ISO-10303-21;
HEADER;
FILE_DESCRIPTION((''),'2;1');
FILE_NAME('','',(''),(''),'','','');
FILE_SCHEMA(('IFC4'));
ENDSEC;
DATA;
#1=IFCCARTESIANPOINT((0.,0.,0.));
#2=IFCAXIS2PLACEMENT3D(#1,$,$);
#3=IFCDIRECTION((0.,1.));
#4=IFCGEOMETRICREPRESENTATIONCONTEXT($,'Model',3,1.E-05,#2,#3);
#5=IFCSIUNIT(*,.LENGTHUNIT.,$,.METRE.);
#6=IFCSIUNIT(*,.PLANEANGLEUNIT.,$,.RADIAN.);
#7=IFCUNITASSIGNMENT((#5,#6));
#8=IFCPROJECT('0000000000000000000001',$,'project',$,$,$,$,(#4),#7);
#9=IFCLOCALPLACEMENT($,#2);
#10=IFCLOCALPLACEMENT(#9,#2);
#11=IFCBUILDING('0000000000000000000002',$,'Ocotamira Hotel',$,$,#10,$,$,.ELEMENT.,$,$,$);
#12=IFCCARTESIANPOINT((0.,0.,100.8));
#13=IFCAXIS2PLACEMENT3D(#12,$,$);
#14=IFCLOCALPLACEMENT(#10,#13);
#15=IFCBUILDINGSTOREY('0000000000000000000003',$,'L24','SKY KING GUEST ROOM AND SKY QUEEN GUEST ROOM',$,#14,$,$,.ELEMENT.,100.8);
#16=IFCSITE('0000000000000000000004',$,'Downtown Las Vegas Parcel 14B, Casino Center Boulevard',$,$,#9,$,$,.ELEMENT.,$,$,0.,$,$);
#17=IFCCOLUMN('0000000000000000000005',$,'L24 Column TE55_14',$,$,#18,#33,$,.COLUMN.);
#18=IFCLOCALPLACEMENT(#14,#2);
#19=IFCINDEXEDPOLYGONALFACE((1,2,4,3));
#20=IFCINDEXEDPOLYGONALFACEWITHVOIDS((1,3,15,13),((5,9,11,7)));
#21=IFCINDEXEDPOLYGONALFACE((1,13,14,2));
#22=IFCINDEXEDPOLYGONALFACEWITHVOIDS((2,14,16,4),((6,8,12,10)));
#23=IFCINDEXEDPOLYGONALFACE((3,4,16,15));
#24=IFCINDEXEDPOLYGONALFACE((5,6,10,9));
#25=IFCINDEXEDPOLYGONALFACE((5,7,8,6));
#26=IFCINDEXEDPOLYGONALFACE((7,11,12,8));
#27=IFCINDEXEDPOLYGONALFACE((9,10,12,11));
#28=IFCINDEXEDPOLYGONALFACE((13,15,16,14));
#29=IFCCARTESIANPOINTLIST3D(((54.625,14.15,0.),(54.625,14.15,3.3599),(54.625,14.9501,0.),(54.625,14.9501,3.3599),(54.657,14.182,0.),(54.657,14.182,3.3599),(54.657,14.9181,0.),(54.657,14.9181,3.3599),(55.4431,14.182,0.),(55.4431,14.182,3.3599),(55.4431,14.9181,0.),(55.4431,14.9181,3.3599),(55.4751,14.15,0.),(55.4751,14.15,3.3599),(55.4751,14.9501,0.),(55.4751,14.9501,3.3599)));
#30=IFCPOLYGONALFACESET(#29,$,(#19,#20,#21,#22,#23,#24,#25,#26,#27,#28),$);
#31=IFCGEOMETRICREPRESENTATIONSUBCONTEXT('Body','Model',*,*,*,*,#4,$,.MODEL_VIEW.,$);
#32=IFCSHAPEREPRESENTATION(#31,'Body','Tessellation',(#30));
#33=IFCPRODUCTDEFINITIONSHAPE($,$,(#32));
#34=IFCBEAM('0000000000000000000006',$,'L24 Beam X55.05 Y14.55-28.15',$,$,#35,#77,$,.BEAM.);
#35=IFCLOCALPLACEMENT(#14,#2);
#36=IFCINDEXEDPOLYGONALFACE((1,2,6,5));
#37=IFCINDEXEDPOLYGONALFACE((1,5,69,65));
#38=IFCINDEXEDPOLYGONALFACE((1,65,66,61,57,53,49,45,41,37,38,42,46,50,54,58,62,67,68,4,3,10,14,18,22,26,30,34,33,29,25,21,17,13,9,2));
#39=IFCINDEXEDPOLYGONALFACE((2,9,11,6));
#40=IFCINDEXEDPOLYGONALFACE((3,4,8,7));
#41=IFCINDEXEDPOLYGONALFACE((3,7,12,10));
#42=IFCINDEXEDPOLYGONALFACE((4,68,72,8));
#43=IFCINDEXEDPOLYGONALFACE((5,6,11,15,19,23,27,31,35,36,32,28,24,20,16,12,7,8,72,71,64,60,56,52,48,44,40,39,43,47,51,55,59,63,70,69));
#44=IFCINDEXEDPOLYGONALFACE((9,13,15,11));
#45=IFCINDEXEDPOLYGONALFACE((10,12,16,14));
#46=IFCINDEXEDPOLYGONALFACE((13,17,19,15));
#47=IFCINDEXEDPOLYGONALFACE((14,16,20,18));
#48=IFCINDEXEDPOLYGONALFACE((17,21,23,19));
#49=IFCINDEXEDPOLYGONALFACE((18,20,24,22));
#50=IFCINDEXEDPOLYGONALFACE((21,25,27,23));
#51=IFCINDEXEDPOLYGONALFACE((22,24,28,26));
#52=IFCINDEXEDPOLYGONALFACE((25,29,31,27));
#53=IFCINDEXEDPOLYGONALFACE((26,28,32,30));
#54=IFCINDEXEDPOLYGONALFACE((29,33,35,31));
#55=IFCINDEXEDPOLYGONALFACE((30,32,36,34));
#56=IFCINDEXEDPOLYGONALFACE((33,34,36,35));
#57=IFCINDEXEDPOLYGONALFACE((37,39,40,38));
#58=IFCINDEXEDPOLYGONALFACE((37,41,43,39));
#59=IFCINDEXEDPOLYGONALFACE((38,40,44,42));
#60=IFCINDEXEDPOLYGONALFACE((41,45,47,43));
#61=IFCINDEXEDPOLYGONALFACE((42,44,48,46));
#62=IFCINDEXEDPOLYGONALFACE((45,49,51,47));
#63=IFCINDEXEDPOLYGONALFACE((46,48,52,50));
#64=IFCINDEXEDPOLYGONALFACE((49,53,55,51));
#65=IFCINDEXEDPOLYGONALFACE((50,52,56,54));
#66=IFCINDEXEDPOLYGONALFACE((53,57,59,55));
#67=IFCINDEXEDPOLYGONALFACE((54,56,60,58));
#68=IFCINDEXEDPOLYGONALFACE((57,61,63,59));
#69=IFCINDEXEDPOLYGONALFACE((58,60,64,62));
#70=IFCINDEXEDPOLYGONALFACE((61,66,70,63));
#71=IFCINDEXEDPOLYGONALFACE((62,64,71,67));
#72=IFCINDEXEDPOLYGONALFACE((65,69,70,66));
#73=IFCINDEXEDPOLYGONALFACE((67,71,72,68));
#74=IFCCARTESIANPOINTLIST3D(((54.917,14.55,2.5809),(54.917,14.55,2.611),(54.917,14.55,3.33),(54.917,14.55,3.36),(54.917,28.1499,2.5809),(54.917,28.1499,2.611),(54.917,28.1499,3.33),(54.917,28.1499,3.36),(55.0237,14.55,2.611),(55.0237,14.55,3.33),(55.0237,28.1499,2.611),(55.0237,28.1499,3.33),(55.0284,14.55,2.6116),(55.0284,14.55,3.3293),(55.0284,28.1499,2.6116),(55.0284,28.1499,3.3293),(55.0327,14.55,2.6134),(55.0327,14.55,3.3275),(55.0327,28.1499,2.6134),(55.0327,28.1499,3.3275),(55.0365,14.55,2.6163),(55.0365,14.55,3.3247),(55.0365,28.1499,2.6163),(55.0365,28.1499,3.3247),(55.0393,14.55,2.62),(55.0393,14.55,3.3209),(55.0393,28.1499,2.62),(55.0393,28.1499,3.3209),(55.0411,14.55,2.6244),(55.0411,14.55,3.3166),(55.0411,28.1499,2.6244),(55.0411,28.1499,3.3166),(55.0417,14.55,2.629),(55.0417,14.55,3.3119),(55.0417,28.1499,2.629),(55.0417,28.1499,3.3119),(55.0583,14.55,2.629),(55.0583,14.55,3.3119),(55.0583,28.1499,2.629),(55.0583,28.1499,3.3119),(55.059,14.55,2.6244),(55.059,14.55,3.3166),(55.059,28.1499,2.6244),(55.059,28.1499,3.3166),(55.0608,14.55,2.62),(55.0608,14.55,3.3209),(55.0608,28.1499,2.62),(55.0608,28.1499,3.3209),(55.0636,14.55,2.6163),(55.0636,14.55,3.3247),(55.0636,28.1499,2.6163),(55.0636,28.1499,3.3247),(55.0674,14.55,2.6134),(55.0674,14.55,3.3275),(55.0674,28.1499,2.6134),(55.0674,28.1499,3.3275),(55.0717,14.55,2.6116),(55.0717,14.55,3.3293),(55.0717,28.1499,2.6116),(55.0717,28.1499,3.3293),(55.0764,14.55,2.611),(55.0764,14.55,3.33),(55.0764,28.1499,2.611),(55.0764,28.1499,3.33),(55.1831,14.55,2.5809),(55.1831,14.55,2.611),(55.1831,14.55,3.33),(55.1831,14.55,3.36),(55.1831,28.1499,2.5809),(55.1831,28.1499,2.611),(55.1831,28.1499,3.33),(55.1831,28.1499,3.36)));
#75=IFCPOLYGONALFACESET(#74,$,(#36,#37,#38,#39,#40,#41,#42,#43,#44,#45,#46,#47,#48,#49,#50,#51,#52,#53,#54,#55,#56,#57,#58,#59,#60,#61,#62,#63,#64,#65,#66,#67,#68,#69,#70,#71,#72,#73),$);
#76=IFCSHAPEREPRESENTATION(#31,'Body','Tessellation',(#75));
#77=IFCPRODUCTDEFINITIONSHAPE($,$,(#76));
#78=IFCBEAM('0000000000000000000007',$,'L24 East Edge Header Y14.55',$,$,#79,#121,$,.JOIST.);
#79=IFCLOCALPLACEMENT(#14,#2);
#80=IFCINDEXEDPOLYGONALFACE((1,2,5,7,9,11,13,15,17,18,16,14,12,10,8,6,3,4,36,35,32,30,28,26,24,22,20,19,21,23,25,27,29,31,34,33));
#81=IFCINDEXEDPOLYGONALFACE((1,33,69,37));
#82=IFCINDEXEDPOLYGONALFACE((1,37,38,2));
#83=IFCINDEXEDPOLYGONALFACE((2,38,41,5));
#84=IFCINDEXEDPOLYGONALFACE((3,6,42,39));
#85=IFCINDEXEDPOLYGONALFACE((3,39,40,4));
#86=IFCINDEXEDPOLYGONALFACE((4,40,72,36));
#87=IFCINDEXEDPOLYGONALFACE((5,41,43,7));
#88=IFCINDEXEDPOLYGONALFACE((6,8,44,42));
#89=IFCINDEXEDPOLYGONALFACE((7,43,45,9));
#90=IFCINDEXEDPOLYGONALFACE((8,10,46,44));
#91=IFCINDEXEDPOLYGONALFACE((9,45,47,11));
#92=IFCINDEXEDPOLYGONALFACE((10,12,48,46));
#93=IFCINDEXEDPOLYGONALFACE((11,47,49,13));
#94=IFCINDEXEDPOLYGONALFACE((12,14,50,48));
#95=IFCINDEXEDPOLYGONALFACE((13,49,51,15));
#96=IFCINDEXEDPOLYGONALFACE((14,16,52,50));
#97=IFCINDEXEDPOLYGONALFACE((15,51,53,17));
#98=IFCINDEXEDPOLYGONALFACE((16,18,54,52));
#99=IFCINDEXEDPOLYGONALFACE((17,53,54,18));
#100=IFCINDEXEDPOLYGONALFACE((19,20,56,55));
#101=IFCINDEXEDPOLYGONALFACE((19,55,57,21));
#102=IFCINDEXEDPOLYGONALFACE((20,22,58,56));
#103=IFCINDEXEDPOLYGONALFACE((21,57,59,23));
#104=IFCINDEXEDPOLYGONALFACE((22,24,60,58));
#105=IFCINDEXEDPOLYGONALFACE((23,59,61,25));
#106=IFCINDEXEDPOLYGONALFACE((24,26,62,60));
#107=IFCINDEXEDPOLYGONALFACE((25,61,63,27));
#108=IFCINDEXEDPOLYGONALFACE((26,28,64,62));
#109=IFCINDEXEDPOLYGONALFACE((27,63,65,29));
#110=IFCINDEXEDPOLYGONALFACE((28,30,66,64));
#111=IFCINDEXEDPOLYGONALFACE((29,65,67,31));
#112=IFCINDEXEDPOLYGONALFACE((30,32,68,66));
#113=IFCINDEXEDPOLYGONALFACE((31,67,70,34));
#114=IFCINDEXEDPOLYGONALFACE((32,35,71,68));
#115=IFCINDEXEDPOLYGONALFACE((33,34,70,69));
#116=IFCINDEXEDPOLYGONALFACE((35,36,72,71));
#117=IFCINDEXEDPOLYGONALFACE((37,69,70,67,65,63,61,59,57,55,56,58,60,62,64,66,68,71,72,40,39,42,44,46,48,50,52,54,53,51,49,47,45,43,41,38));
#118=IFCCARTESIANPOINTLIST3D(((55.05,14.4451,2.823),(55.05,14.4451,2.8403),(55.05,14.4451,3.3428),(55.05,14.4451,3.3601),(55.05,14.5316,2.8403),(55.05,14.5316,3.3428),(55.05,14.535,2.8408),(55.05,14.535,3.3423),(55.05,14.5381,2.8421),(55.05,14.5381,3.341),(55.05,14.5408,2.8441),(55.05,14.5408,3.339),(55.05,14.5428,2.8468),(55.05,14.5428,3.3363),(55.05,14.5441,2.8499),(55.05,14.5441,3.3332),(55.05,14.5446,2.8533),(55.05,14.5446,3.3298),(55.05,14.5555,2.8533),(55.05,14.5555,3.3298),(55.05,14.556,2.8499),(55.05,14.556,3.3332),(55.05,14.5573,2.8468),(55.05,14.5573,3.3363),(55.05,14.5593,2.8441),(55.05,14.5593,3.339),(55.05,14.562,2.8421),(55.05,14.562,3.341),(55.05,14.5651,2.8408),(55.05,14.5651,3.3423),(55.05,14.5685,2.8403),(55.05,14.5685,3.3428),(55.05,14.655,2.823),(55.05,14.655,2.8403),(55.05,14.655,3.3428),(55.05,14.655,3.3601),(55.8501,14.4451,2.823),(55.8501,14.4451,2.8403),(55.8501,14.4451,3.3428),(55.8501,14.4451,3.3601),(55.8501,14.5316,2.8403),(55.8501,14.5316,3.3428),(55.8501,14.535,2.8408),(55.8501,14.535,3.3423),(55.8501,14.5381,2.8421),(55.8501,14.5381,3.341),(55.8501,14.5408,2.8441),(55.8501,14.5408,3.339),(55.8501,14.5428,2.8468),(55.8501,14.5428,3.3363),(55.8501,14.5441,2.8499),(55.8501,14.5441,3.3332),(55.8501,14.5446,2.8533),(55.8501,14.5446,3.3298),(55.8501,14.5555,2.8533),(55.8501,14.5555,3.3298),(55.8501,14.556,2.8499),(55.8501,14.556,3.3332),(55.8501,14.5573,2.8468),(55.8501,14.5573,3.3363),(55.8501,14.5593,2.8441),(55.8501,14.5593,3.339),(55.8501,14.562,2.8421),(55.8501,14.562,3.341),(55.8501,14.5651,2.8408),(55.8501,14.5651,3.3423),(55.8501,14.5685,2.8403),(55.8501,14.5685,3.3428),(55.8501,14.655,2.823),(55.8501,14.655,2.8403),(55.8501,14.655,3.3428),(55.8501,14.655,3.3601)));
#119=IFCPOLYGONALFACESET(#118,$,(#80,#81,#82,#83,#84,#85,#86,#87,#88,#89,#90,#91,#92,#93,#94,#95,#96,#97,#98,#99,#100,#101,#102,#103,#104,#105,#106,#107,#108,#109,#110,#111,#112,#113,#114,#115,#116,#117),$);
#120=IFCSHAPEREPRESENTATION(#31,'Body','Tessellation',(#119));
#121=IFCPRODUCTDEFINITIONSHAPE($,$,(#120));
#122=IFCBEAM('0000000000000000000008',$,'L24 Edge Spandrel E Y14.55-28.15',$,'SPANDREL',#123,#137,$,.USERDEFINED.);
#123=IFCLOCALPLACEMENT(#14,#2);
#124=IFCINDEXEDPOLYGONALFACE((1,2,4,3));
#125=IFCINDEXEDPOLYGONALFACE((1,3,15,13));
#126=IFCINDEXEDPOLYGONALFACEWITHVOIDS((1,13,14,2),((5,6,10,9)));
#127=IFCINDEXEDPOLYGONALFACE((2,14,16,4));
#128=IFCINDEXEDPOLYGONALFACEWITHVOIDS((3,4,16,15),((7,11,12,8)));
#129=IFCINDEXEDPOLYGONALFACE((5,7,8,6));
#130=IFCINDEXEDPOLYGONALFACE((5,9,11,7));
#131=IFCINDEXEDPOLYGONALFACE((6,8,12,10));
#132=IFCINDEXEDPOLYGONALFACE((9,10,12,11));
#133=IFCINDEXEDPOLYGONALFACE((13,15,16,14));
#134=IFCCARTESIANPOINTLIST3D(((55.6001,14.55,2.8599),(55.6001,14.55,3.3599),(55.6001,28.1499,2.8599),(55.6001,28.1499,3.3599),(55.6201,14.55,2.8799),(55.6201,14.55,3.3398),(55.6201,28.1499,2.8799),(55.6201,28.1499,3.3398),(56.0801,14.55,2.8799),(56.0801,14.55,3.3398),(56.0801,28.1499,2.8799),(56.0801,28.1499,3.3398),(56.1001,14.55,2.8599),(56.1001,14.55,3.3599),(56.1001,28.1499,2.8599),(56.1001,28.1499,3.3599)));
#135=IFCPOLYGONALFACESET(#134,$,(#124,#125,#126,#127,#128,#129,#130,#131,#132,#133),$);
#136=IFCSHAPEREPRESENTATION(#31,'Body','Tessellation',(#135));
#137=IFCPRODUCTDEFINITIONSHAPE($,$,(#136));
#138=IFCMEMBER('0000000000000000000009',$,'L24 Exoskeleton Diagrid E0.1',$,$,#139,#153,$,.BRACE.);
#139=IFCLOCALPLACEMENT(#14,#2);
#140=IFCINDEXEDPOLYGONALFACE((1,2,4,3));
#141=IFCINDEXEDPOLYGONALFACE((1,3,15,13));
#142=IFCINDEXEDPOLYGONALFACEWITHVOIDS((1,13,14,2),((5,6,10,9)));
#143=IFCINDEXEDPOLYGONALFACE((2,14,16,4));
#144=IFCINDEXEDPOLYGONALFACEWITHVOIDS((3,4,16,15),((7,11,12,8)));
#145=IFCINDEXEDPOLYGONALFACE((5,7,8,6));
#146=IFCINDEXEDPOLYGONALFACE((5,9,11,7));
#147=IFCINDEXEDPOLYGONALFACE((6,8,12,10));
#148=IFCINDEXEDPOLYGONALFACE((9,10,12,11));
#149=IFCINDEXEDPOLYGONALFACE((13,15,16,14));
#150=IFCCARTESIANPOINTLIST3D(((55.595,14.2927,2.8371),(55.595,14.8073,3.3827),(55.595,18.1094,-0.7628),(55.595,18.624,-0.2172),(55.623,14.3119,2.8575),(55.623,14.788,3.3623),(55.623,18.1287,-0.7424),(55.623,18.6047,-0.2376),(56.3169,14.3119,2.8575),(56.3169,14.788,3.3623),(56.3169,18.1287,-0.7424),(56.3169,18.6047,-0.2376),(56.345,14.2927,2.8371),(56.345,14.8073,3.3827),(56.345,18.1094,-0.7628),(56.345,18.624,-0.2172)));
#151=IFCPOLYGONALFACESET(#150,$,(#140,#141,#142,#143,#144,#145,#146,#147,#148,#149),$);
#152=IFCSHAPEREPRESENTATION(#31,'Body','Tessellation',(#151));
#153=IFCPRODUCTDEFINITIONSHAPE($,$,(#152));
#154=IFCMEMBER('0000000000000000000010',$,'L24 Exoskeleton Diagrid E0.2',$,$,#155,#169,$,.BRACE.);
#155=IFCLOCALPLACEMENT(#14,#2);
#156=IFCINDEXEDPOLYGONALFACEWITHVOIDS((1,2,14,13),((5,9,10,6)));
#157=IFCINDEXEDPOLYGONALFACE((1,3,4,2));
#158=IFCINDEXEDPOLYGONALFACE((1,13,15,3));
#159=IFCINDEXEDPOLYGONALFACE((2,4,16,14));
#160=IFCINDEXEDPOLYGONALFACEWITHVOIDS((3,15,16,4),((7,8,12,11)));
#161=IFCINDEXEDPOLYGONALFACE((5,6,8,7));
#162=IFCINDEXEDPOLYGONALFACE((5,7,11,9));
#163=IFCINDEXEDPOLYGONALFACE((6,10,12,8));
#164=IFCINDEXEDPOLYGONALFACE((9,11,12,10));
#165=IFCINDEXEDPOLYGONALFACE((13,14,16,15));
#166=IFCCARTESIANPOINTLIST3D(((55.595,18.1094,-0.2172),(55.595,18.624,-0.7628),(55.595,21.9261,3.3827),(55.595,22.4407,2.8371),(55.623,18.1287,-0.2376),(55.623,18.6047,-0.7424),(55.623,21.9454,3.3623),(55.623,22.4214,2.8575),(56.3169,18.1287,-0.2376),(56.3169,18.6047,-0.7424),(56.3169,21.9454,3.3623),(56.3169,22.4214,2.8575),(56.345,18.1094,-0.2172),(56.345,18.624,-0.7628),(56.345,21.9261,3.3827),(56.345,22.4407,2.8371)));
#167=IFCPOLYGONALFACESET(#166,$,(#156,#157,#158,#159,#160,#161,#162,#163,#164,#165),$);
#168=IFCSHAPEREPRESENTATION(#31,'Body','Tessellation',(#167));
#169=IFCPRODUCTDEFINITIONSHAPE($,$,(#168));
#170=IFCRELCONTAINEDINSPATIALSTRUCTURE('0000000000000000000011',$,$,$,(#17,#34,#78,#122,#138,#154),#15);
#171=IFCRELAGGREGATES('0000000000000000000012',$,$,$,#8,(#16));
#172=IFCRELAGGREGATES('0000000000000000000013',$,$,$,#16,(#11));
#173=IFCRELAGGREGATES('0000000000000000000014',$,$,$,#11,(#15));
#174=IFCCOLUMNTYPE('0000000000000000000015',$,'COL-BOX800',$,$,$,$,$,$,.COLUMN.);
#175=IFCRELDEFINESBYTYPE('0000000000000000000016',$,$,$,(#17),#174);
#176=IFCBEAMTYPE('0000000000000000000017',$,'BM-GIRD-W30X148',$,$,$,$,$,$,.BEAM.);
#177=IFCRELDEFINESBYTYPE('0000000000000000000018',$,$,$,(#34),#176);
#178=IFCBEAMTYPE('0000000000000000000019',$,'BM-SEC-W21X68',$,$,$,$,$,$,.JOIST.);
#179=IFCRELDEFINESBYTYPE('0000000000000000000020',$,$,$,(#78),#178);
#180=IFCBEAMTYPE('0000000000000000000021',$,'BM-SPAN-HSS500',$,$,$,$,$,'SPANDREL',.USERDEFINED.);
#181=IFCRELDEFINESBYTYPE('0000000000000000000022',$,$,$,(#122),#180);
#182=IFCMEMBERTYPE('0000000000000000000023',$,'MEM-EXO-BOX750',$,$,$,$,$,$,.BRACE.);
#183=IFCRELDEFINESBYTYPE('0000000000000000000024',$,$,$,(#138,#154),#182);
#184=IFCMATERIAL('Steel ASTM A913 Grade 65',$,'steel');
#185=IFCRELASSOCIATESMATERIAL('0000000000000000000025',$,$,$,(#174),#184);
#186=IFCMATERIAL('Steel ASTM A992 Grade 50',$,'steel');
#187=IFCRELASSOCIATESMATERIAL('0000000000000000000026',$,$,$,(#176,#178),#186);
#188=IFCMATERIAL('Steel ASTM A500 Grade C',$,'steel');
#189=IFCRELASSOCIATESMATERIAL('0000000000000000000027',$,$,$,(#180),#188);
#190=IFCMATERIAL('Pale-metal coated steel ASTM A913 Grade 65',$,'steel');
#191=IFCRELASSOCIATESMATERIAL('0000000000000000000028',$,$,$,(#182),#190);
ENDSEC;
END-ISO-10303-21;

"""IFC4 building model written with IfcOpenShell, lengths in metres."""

from ifc_helpers import new_model, si_unit, direction, frame, origin, origin_2d, place, context, subcontext, project, spatial, hollow_rectangle, i_section, extrude, source, transform, mapped, material, material_profile, profile_set, type_object, element, save


model = new_model("IFC4")

# Units and contexts
model_context = context("Model", 3, precision=1e-05, world=origin(), true_north=direction((0.0, 1.0)))
body_context = subcontext(model_context, "Body", "Model", "MODEL_VIEW")
ifc_project = project(units=[si_unit("LENGTHUNIT", "METRE"), si_unit("PLANEANGLEUNIT", "RADIAN")], contexts=[model_context])

# Site, building, storey
site_placement = place(None, origin())
site = spatial("IfcSite", under=ifc_project, at=site_placement, Name="Downtown Las Vegas Parcel 14B, Casino Center Boulevard", CompositionType="ELEMENT", RefElevation=0.0)
building_placement = place(site_placement, origin())
building = spatial("IfcBuilding", under=site, at=building_placement, Name="Ocotamira Hotel", CompositionType="ELEMENT")
storey_placement = place(building_placement, frame((0.0, 0.0, 100.8)))
storey = spatial("IfcBuildingStorey", under=building, at=storey_placement, Name="L24", Description="SKY KING GUEST ROOM AND SKY QUEEN GUEST ROOM", CompositionType="ELEMENT", Elevation=100.8)

# Column
ifc_material_1 = material(Name="Steel ASTM A913 Grade 65", Category="steel")
ifc_material_profile_1 = material_profile(ifc_material_1, hollow_rectangle(XDim=0.8501, YDim=0.8, WallThickness=0.032, at=origin_2d()), Name="BOX800X850X32")
ifc_profile_set_1 = profile_set([ifc_material_profile_1], Name="Steel ASTM A913 Grade 65")
column_type = type_object("IfcColumnType", Name="COL-BOX800", PredefinedType="COLUMN", material=ifc_profile_set_1)
shared_shape_1 = source(origin(), body_context, "Body", "SweptSolid", [
    extrude(hollow_rectangle(XDim=0.8501, YDim=0.8, WallThickness=0.032, at=origin_2d()), origin(), (0.0, 0.0, 1.0), 3.3599),
])
column_placement = place(storey_placement, frame((55.05, 14.55, 0.0), z_axis=(0.0, 0.0, 1.0), x_axis=(1.0, 0.0, 0.0)))
element("IfcColumn", 1, at=column_placement, inside=storey, type_object=column_type, Name="L24 Column TE55_14", PredefinedType="COLUMN", context=body_context, shape_type="MappedRepresentation", body=[
    mapped(shared_shape_1, transform((0.0, 0.0, 0.0), scale=1.0)),
])

# Beams
ifc_material_2 = material(Name="Steel ASTM A992 Grade 50", Category="steel")
ifc_material_profile_2 = material_profile(ifc_material_2, i_section(OverallWidth=0.2661, OverallDepth=0.7791, WebThickness=0.0166, FlangeThickness=0.03, FilletRadius=0.0181, at=origin_2d()), Name="W30X148")
ifc_profile_set_2 = profile_set([ifc_material_profile_2], Name="Steel ASTM A992 Grade 50")
beam_type_1 = type_object("IfcBeamType", Name="BM-GIRD-W30X148", PredefinedType="BEAM", material=ifc_profile_set_2)
shared_shape_2 = source(origin(), body_context, "Body", "SweptSolid", [
    extrude(i_section(OverallWidth=0.2661, OverallDepth=0.7791, WebThickness=0.0166, FlangeThickness=0.03, FilletRadius=0.0181, at=origin_2d()), origin(), (0.0, 0.0, 1.0), 13.5999),
])
beam_1_placement = place(storey_placement, frame((55.05, 14.55, 2.9705), z_axis=(0.0, 1.0, 0.0), x_axis=(-1.0, 0.0, 0.0)))
element("IfcBeam", 2, at=beam_1_placement, inside=storey, type_object=beam_type_1, Name="L24 Beam X55.05 Y14.55-28.15", PredefinedType="BEAM", context=body_context, shape_type="MappedRepresentation", body=[
    mapped(shared_shape_2, transform((0.0, 0.0, 0.0), scale=1.0)),
])
ifc_material_profile_3 = material_profile(ifc_material_2, i_section(OverallWidth=0.21, OverallDepth=0.5371, WebThickness=0.011, FlangeThickness=0.0173, FilletRadius=0.0129, at=origin_2d()), Name="W21X68")
ifc_profile_set_3 = profile_set([ifc_material_profile_3], Name="Steel ASTM A992 Grade 50")
beam_type_2 = type_object("IfcBeamType", Name="BM-SEC-W21X68", PredefinedType="JOIST", material=ifc_profile_set_3)
shared_shape_3 = source(origin(), body_context, "Body", "SweptSolid", [
    extrude(i_section(OverallWidth=0.21, OverallDepth=0.5371, WebThickness=0.011, FlangeThickness=0.0173, FilletRadius=0.0129, at=origin_2d()), origin(), (0.0, 0.0, 1.0), 0.8),
])
beam_2_placement = place(storey_placement, frame((55.05, 14.55, 3.0916), z_axis=(1.0, 0.0, 0.0), x_axis=(0.0, 1.0, 0.0)))
element("IfcBeam", 3, at=beam_2_placement, inside=storey, type_object=beam_type_2, Name="L24 East Edge Header Y14.55", PredefinedType="JOIST", context=body_context, shape_type="MappedRepresentation", body=[
    mapped(shared_shape_3, transform((0.0, 0.0, 0.0), scale=1.0)),
])
ifc_material_3 = material(Name="Steel ASTM A500 Grade C", Category="steel")
ifc_material_profile_4 = material_profile(ifc_material_3, hollow_rectangle(XDim=0.5, YDim=0.5, WallThickness=0.02, at=origin_2d()), Name="HSS500X500X20")
ifc_profile_set_4 = profile_set([ifc_material_profile_4], Name="Steel ASTM A500 Grade C")
beam_type_3 = type_object("IfcBeamType", Name="BM-SPAN-HSS500", ElementType="SPANDREL", PredefinedType="USERDEFINED", material=ifc_profile_set_4)
shared_shape_4 = source(origin(), body_context, "Body", "SweptSolid", [
    extrude(hollow_rectangle(XDim=0.5, YDim=0.5, WallThickness=0.02, at=origin_2d()), origin(), (0.0, 0.0, 1.0), 13.5999),
])
beam_3_placement = place(storey_placement, frame((55.8501, 14.55, 3.1099), z_axis=(0.0, 1.0, 0.0), x_axis=(-1.0, 0.0, 0.0)))
element("IfcBeam", 4, at=beam_3_placement, inside=storey, type_object=beam_type_3, Name="L24 Edge Spandrel E Y14.55-28.15", ObjectType="SPANDREL", PredefinedType="USERDEFINED", context=body_context, shape_type="MappedRepresentation", body=[
    mapped(shared_shape_4, transform((0.0, 0.0, 0.0), scale=1.0)),
])

# Members
ifc_material_4 = material(Name="Pale-metal coated steel ASTM A913 Grade 65", Category="steel")
ifc_material_profile_5 = material_profile(ifc_material_4, hollow_rectangle(XDim=0.75, YDim=0.75, WallThickness=0.0281, at=origin_2d()), Name="BOX750X750X28")
ifc_profile_set_5 = profile_set([ifc_material_profile_5], Name="Pale-metal coated steel ASTM A913 Grade 65")
member_type_1 = type_object("IfcMemberType", Name="MEM-EXO-BOX750", PredefinedType="BRACE", material=ifc_profile_set_5)
shared_shape_5 = source(origin(), body_context, "Body", "SweptSolid", [
    extrude(hollow_rectangle(XDim=0.75, YDim=0.75, WallThickness=0.0281, at=origin_2d()), origin(), (0.0, 0.0, 1.0), 5.2466),
])
for number, where, z_axis, x_axis, name in (
    (5, (55.97, 18.3667, -0.49), (0.0, -0.727466, 0.686144), (1.0, 0.0, 0.0), "L24 Exoskeleton Diagrid E0.1"),
    (6, (55.97, 18.3667, -0.49), (0.0, 0.727466, 0.686144), (-1.0, 0.0, 0.0), "L24 Exoskeleton Diagrid E0.2"),
):
    element("IfcMember", number, at=place(storey_placement, frame(where, z_axis=z_axis, x_axis=x_axis)), inside=storey, type_object=member_type_1, Name=name, PredefinedType="BRACE", context=body_context, shape_type="MappedRepresentation", body=[
        mapped(shared_shape_5, transform((0.0, 0.0, 0.0), scale=1.0)),
    ])

save(model, "model.ifc")
